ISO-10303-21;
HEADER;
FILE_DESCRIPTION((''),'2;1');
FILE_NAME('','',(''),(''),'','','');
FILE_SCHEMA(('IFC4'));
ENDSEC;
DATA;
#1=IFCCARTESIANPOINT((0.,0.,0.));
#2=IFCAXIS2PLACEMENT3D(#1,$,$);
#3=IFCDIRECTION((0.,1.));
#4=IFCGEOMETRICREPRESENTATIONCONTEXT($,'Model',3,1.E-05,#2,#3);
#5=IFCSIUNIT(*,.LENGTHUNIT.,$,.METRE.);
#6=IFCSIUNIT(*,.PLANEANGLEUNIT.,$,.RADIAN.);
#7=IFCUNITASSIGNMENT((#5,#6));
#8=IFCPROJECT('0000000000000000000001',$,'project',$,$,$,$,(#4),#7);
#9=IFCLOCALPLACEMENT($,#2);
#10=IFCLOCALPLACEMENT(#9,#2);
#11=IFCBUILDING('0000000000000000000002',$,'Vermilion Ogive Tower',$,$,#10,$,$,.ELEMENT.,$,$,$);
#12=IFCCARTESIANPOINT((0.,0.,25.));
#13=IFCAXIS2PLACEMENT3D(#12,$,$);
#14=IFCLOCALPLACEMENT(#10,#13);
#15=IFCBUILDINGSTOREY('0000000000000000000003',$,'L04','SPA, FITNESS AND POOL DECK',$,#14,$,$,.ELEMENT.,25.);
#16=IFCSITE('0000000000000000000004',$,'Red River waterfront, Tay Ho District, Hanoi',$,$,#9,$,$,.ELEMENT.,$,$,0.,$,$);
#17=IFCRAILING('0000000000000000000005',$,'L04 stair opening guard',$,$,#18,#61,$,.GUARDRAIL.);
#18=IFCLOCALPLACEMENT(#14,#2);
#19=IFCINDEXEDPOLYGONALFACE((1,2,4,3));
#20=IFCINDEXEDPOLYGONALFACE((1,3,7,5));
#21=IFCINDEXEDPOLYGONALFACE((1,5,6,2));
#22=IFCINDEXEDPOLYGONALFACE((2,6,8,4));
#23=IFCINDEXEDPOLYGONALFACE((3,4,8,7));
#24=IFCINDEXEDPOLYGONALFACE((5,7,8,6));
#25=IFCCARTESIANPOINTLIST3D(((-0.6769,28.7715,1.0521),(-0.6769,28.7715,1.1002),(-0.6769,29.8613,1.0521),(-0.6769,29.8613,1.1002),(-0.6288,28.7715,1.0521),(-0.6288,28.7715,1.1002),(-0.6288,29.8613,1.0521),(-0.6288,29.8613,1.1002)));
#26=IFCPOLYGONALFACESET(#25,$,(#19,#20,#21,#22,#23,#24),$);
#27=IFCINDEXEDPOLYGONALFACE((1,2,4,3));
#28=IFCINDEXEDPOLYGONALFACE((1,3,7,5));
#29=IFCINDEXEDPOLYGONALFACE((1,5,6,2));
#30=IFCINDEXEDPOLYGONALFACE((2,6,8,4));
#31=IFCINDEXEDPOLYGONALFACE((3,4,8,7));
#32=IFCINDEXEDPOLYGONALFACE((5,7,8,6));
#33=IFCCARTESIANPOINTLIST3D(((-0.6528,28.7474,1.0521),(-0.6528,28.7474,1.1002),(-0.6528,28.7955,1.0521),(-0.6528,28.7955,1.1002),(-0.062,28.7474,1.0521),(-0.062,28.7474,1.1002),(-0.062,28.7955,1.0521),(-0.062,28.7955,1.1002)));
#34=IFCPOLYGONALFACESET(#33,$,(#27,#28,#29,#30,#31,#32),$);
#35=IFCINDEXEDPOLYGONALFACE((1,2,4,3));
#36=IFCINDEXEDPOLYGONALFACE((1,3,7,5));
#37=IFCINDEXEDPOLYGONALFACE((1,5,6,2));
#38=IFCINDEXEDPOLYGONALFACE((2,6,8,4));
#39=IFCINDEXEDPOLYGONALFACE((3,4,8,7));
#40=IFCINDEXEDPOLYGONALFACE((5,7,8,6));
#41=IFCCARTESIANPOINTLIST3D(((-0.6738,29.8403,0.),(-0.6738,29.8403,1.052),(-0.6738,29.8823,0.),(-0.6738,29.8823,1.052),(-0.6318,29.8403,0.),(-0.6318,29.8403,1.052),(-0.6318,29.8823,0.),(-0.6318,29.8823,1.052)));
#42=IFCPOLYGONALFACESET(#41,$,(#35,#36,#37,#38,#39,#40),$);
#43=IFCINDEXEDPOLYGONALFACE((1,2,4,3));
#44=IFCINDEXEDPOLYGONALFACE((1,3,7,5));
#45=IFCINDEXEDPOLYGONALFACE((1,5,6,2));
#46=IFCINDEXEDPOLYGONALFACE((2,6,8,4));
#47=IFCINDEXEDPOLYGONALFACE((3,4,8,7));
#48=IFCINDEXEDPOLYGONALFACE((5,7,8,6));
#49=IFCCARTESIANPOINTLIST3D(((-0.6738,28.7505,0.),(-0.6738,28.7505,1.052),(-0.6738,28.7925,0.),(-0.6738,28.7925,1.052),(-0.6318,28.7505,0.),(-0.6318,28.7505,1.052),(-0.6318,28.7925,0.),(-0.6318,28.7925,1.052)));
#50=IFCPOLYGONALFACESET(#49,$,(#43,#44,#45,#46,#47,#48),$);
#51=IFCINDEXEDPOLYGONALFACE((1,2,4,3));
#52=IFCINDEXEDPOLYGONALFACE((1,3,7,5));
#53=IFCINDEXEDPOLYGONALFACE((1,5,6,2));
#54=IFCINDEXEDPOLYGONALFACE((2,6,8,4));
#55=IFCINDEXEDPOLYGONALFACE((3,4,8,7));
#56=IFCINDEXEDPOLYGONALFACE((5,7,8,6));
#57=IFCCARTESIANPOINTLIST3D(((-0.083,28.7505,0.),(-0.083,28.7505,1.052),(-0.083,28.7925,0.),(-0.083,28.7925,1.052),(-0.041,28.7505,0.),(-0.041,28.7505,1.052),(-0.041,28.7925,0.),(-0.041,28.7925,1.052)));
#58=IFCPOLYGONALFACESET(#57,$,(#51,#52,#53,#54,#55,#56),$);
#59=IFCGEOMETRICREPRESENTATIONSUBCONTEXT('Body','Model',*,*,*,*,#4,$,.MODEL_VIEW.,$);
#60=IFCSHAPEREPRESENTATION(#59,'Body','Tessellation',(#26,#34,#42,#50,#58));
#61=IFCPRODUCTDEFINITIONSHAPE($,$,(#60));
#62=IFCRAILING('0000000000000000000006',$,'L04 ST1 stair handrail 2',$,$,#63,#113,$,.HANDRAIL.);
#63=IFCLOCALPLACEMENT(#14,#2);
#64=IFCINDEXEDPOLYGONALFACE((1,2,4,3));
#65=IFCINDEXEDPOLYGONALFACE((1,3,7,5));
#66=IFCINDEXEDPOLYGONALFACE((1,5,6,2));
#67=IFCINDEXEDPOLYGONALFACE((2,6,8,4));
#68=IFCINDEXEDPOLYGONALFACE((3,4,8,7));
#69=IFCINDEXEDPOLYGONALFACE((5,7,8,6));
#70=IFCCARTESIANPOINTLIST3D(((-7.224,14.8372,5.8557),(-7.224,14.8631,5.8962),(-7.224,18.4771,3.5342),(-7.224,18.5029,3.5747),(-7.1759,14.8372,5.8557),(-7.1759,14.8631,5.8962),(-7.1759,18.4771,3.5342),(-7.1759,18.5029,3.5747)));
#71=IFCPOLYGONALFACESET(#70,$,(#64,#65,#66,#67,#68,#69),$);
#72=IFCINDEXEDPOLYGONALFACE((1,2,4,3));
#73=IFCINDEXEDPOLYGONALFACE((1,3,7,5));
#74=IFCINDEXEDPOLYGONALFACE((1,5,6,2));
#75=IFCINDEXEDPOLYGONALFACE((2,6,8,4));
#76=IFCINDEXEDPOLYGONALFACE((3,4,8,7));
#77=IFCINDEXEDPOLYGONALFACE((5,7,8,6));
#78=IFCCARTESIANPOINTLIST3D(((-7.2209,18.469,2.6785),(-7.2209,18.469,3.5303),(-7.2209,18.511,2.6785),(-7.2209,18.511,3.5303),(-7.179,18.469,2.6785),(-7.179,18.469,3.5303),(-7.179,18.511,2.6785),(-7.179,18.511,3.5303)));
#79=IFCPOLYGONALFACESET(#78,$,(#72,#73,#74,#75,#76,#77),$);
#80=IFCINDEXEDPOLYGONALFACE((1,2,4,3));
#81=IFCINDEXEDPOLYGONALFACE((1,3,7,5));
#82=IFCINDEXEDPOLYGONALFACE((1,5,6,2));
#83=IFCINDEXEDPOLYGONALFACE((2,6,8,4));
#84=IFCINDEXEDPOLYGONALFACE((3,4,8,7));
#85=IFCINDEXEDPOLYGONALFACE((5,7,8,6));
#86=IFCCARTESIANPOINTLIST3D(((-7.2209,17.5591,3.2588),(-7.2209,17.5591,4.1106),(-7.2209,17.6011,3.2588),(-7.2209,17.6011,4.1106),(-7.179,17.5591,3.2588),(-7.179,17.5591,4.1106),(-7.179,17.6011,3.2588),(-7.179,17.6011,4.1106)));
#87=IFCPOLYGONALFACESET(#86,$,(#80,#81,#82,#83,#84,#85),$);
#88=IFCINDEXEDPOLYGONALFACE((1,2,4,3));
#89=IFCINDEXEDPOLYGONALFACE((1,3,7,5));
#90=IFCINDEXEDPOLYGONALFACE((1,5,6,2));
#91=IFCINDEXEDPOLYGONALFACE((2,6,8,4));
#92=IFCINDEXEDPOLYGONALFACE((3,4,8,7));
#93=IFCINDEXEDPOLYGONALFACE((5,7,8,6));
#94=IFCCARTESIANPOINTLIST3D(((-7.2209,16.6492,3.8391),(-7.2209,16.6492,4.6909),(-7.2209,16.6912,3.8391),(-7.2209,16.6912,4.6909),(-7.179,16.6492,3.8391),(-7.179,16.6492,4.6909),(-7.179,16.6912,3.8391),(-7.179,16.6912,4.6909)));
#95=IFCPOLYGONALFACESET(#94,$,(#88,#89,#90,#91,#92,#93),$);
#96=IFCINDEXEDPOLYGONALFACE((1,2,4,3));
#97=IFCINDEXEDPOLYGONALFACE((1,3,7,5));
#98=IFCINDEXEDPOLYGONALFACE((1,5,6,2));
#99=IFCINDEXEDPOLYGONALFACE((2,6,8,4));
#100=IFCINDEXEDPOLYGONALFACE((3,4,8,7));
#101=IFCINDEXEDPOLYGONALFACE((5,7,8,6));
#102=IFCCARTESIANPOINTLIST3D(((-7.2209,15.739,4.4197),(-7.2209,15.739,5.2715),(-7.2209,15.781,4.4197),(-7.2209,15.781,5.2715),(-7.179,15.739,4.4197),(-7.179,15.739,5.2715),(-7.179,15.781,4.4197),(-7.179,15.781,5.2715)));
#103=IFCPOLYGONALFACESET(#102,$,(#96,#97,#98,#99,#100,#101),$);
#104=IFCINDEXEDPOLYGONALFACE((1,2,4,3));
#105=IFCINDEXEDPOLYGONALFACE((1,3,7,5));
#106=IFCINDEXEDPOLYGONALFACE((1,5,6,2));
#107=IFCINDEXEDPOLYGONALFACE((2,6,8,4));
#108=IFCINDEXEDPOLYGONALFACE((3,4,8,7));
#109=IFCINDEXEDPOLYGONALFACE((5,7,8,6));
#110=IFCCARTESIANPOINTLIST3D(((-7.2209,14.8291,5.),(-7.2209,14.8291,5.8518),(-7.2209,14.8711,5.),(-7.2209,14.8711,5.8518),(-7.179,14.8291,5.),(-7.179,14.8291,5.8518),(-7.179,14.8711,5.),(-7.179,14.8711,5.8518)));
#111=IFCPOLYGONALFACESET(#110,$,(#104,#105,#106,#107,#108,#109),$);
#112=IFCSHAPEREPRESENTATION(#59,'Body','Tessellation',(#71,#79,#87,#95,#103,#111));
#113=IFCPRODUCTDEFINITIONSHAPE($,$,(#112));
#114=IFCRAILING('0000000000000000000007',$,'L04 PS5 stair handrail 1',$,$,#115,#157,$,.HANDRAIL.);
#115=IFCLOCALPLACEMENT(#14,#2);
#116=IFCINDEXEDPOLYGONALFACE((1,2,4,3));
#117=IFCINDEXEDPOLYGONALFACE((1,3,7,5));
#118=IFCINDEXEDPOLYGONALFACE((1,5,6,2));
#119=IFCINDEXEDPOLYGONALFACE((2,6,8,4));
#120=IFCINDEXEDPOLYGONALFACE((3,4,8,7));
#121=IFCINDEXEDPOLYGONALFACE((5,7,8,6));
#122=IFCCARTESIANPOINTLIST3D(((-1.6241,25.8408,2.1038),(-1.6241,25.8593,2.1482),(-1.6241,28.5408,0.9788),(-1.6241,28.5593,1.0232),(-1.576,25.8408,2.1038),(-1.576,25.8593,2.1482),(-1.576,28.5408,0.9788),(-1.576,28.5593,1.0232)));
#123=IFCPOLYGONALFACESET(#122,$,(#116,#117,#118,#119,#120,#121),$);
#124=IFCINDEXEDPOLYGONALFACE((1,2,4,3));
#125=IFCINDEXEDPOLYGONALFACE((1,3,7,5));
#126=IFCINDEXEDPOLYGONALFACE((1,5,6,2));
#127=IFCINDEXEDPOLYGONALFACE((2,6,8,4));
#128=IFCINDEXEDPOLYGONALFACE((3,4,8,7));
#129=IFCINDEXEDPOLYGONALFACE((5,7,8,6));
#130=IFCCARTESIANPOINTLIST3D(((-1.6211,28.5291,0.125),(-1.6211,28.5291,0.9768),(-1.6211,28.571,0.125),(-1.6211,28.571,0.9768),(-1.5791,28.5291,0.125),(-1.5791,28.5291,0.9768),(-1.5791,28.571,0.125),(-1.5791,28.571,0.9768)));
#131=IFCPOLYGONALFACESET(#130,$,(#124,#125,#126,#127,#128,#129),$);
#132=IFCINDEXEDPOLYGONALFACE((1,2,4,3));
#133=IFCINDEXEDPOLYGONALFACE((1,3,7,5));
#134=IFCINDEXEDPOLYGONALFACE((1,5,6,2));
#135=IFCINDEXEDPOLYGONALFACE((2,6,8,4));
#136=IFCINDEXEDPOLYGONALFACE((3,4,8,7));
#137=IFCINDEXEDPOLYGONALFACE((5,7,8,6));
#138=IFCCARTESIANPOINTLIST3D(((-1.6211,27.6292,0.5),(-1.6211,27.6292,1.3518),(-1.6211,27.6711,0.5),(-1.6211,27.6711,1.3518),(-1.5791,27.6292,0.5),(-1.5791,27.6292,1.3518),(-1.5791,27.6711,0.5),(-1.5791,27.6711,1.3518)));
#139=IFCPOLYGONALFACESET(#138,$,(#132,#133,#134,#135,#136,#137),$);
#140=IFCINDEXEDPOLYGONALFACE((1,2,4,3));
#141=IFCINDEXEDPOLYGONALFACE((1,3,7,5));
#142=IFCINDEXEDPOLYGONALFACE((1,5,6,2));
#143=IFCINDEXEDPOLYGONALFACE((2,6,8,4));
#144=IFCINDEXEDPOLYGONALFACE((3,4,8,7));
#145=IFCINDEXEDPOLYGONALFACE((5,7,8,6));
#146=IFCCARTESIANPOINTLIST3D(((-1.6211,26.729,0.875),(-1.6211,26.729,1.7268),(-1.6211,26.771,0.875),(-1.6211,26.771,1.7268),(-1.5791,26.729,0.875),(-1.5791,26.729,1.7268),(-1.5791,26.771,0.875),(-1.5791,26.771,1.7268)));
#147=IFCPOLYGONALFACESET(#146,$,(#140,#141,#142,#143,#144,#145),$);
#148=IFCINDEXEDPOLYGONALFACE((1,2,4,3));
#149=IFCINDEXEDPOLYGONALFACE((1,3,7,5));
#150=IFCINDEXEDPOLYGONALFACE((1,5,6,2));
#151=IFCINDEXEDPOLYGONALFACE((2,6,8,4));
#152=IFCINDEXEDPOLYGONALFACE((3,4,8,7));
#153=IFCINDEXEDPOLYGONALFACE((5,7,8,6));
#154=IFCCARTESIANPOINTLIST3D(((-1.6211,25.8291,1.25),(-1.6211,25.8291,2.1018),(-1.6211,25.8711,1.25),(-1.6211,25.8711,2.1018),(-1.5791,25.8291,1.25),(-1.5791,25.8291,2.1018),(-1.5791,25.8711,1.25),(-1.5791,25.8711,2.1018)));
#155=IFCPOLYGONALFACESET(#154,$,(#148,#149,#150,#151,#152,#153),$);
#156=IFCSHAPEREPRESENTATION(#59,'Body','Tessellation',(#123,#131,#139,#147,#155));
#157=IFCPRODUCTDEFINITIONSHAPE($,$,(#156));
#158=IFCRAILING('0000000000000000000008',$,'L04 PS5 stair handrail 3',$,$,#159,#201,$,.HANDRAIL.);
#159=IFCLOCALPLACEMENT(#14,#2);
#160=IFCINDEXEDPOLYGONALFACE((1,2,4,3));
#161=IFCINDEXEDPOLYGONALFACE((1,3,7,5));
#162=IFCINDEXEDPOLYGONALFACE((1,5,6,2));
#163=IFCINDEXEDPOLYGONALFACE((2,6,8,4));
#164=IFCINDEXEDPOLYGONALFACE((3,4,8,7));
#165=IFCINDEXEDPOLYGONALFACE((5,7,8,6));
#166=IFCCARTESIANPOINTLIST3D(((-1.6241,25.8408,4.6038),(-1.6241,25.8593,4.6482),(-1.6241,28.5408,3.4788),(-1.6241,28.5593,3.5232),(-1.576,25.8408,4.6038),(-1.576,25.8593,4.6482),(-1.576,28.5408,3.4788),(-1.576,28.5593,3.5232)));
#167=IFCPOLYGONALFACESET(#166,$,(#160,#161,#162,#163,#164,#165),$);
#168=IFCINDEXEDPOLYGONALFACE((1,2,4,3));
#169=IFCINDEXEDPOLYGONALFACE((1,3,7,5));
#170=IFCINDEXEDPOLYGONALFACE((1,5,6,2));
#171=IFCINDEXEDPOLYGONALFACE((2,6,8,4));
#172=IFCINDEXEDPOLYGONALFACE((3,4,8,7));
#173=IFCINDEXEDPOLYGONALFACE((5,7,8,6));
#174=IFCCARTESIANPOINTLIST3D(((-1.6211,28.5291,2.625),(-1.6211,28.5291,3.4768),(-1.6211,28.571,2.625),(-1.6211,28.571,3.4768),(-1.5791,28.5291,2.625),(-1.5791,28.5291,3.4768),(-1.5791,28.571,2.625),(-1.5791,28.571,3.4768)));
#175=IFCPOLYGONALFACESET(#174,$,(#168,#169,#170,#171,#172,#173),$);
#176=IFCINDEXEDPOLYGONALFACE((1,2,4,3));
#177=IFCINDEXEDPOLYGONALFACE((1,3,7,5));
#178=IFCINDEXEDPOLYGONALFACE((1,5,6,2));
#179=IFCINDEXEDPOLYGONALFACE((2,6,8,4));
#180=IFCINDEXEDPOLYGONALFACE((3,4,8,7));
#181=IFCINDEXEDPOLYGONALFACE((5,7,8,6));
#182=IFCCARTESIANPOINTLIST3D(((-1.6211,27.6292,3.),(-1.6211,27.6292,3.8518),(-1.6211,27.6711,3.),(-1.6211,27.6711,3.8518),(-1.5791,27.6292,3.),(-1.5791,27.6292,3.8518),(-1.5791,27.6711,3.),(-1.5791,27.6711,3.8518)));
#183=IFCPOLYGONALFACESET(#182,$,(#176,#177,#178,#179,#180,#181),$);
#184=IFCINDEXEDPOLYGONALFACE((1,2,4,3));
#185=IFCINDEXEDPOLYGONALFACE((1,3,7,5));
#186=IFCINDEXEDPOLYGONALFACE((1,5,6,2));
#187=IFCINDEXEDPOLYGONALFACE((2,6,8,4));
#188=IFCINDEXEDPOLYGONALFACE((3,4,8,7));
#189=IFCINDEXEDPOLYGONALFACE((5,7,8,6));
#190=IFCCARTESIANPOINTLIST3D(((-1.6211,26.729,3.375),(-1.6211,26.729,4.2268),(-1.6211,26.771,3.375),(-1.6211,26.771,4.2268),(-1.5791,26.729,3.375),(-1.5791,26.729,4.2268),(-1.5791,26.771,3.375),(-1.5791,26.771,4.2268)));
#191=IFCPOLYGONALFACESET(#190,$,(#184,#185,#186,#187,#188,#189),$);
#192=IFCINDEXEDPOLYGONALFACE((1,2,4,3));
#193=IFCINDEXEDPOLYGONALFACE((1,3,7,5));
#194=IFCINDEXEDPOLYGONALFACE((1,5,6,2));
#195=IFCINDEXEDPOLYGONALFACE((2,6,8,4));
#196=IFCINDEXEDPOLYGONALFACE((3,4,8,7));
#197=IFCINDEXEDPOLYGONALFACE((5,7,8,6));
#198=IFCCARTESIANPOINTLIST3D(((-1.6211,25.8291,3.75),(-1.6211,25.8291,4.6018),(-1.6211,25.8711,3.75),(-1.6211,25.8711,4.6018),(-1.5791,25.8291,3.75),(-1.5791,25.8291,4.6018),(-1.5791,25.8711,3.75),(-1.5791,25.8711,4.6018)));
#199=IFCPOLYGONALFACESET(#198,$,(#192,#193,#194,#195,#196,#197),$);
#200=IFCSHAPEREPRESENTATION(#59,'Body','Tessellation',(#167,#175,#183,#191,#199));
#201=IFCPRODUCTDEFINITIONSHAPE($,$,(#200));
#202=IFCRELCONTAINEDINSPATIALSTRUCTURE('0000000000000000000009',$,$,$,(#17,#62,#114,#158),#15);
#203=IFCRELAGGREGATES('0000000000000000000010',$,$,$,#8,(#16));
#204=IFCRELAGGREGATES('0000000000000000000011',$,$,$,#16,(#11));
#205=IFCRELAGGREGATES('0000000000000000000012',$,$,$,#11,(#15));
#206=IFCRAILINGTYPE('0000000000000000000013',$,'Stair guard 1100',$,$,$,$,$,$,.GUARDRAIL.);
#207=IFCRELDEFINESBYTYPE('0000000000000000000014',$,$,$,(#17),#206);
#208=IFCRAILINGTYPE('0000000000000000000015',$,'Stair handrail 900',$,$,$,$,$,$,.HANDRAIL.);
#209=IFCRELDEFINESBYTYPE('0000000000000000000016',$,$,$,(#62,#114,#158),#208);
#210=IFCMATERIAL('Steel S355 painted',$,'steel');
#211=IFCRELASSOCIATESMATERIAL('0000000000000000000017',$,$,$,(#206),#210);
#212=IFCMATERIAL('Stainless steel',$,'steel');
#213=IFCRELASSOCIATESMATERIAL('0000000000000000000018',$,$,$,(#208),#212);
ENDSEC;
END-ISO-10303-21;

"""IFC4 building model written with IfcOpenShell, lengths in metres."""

from ifc_helpers import new_model, si_unit, direction, frame, origin, origin_2d, place, context, subcontext, project, spatial, rectangle, extrude, material, type_object, element, save


model = new_model("IFC4")

# Units and contexts
model_context = context("Model", 3, precision=1e-05, world=origin(), true_north=direction((0.0, 1.0)))
body_context = subcontext(model_context, "Body", "Model", "MODEL_VIEW")
ifc_project = project(units=[si_unit("LENGTHUNIT", "METRE"), si_unit("PLANEANGLEUNIT", "RADIAN")], contexts=[model_context])

# Site, building, storey
site_placement = place(None, origin())
site = spatial("IfcSite", under=ifc_project, at=site_placement, Name="Red River waterfront, Tay Ho District, Hanoi", CompositionType="ELEMENT", RefElevation=0.0)
building_placement = place(site_placement, origin())
building = spatial("IfcBuilding", under=site, at=building_placement, Name="Vermilion Ogive Tower", CompositionType="ELEMENT")
storey_placement = place(building_placement, frame((0.0, 0.0, 25.0)))
storey = spatial("IfcBuildingStorey", under=building, at=storey_placement, Name="L04", Description="SPA, FITNESS AND POOL DECK", CompositionType="ELEMENT", Elevation=25.0)

# Railings
ifc_material_1 = material(Name="Steel S355 painted", Category="steel")
railing_type_1 = type_object("IfcRailingType", Name="Stair guard 1100", PredefinedType="GUARDRAIL", material=ifc_material_1)
railing_1_placement = place(storey_placement, frame((-0.6528, 29.8613, 0.0)))
element("IfcRailing", 1, at=railing_1_placement, inside=storey, type_object=railing_type_1, Name="L04 stair opening guard", PredefinedType="GUARDRAIL", context=body_context, shape_type="SweptSolid", body=[
    extrude(rectangle(XDim=0.0481, YDim=0.0481, at=origin_2d()), frame((0.0, 0.0, 1.0762), z_axis=(0.0, -1.0, 0.0), x_axis=(1.0, 0.0, 0.0)), (0.0, 0.0, 1.0), 1.0898),
    extrude(rectangle(XDim=0.0481, YDim=0.0481, at=origin_2d()), frame((0.0, -1.0898, 1.0762), z_axis=(1.0, 0.0, 0.0), x_axis=(0.0, 1.0, 0.0)), (0.0, 0.0, 1.0), 0.5908),
    extrude(rectangle(XDim=0.042, YDim=0.042, at=origin_2d()), origin(), (0.0, 0.0, 1.0), 1.052),
    extrude(rectangle(XDim=0.042, YDim=0.042, at=origin_2d()), frame((0.0, -1.0898, 0.0)), (0.0, 0.0, 1.0), 1.052),
    extrude(rectangle(XDim=0.042, YDim=0.042, at=origin_2d()), frame((0.5908, -1.0898, 0.0)), (0.0, 0.0, 1.0), 1.052),
])
ifc_material_2 = material(Name="Stainless steel", Category="steel")
railing_type_2 = type_object("IfcRailingType", Name="Stair handrail 900", PredefinedType="HANDRAIL", material=ifc_material_2)
railing_2_placement = place(storey_placement, frame((-7.2, 18.49, 2.6785)))
element("IfcRailing", 2, at=railing_2_placement, inside=storey, type_object=railing_type_2, Name="L04 ST1 stair handrail 2", PredefinedType="HANDRAIL", context=body_context, shape_type="SweptSolid", body=[
    extrude(rectangle(XDim=0.0481, YDim=0.0481, at=origin_2d()), frame((0.0, 0.0, 0.876), z_axis=(0.0, -0.843112, 0.537739), x_axis=(1.0, 0.0, 0.0)), (0.0, 0.0, 1.0), 4.3171),
    extrude(rectangle(XDim=0.042, YDim=0.042, at=origin_2d()), origin(), (0.0, 0.0, 1.0), 0.8518),
    extrude(rectangle(XDim=0.042, YDim=0.042, at=origin_2d()), frame((0.0, -0.9099, 0.5803)), (0.0, 0.0, 1.0), 0.8518),
    extrude(rectangle(XDim=0.042, YDim=0.042, at=origin_2d()), frame((0.0, -1.8198, 1.1606)), (0.0, 0.0, 1.0), 0.8518),
    extrude(rectangle(XDim=0.042, YDim=0.042, at=origin_2d()), frame((0.0, -2.73, 1.7412)), (0.0, 0.0, 1.0), 0.8518),
    extrude(rectangle(XDim=0.042, YDim=0.042, at=origin_2d()), frame((0.0, -3.6399, 2.3215)), (0.0, 0.0, 1.0), 0.8518),
])
for number, where, name in (
    (3, (-1.6001, 28.55, 0.125), "L04 PS5 stair handrail 1"),
    (4, (-1.6001, 28.55, 2.625), "L04 PS5 stair handrail 3"),
):
    element("IfcRailing", number, at=place(storey_placement, frame(where)), inside=storey, type_object=railing_type_2, Name=name, PredefinedType="HANDRAIL", context=body_context, shape_type="SweptSolid", body=[
        extrude(rectangle(XDim=0.0481, YDim=0.0481, at=origin_2d()), frame((0.0, 0.0, 0.876), z_axis=(0.0, -0.923074, 0.384621), x_axis=(1.0, 0.0, 0.0)), (0.0, 0.0, 1.0), 2.925),
        extrude(rectangle(XDim=0.042, YDim=0.042, at=origin_2d()), origin(), (0.0, 0.0, 1.0), 0.8518),
        extrude(rectangle(XDim=0.042, YDim=0.042, at=origin_2d()), frame((0.0, -0.8999, 0.375)), (0.0, 0.0, 1.0), 0.8518),
        extrude(rectangle(XDim=0.042, YDim=0.042, at=origin_2d()), frame((0.0, -1.8, 0.75)), (0.0, 0.0, 1.0), 0.8518),
        extrude(rectangle(XDim=0.042, YDim=0.042, at=origin_2d()), frame((0.0, -2.7, 1.125)), (0.0, 0.0, 1.0), 0.8518),
    ])

save(model, "model.ifc")
